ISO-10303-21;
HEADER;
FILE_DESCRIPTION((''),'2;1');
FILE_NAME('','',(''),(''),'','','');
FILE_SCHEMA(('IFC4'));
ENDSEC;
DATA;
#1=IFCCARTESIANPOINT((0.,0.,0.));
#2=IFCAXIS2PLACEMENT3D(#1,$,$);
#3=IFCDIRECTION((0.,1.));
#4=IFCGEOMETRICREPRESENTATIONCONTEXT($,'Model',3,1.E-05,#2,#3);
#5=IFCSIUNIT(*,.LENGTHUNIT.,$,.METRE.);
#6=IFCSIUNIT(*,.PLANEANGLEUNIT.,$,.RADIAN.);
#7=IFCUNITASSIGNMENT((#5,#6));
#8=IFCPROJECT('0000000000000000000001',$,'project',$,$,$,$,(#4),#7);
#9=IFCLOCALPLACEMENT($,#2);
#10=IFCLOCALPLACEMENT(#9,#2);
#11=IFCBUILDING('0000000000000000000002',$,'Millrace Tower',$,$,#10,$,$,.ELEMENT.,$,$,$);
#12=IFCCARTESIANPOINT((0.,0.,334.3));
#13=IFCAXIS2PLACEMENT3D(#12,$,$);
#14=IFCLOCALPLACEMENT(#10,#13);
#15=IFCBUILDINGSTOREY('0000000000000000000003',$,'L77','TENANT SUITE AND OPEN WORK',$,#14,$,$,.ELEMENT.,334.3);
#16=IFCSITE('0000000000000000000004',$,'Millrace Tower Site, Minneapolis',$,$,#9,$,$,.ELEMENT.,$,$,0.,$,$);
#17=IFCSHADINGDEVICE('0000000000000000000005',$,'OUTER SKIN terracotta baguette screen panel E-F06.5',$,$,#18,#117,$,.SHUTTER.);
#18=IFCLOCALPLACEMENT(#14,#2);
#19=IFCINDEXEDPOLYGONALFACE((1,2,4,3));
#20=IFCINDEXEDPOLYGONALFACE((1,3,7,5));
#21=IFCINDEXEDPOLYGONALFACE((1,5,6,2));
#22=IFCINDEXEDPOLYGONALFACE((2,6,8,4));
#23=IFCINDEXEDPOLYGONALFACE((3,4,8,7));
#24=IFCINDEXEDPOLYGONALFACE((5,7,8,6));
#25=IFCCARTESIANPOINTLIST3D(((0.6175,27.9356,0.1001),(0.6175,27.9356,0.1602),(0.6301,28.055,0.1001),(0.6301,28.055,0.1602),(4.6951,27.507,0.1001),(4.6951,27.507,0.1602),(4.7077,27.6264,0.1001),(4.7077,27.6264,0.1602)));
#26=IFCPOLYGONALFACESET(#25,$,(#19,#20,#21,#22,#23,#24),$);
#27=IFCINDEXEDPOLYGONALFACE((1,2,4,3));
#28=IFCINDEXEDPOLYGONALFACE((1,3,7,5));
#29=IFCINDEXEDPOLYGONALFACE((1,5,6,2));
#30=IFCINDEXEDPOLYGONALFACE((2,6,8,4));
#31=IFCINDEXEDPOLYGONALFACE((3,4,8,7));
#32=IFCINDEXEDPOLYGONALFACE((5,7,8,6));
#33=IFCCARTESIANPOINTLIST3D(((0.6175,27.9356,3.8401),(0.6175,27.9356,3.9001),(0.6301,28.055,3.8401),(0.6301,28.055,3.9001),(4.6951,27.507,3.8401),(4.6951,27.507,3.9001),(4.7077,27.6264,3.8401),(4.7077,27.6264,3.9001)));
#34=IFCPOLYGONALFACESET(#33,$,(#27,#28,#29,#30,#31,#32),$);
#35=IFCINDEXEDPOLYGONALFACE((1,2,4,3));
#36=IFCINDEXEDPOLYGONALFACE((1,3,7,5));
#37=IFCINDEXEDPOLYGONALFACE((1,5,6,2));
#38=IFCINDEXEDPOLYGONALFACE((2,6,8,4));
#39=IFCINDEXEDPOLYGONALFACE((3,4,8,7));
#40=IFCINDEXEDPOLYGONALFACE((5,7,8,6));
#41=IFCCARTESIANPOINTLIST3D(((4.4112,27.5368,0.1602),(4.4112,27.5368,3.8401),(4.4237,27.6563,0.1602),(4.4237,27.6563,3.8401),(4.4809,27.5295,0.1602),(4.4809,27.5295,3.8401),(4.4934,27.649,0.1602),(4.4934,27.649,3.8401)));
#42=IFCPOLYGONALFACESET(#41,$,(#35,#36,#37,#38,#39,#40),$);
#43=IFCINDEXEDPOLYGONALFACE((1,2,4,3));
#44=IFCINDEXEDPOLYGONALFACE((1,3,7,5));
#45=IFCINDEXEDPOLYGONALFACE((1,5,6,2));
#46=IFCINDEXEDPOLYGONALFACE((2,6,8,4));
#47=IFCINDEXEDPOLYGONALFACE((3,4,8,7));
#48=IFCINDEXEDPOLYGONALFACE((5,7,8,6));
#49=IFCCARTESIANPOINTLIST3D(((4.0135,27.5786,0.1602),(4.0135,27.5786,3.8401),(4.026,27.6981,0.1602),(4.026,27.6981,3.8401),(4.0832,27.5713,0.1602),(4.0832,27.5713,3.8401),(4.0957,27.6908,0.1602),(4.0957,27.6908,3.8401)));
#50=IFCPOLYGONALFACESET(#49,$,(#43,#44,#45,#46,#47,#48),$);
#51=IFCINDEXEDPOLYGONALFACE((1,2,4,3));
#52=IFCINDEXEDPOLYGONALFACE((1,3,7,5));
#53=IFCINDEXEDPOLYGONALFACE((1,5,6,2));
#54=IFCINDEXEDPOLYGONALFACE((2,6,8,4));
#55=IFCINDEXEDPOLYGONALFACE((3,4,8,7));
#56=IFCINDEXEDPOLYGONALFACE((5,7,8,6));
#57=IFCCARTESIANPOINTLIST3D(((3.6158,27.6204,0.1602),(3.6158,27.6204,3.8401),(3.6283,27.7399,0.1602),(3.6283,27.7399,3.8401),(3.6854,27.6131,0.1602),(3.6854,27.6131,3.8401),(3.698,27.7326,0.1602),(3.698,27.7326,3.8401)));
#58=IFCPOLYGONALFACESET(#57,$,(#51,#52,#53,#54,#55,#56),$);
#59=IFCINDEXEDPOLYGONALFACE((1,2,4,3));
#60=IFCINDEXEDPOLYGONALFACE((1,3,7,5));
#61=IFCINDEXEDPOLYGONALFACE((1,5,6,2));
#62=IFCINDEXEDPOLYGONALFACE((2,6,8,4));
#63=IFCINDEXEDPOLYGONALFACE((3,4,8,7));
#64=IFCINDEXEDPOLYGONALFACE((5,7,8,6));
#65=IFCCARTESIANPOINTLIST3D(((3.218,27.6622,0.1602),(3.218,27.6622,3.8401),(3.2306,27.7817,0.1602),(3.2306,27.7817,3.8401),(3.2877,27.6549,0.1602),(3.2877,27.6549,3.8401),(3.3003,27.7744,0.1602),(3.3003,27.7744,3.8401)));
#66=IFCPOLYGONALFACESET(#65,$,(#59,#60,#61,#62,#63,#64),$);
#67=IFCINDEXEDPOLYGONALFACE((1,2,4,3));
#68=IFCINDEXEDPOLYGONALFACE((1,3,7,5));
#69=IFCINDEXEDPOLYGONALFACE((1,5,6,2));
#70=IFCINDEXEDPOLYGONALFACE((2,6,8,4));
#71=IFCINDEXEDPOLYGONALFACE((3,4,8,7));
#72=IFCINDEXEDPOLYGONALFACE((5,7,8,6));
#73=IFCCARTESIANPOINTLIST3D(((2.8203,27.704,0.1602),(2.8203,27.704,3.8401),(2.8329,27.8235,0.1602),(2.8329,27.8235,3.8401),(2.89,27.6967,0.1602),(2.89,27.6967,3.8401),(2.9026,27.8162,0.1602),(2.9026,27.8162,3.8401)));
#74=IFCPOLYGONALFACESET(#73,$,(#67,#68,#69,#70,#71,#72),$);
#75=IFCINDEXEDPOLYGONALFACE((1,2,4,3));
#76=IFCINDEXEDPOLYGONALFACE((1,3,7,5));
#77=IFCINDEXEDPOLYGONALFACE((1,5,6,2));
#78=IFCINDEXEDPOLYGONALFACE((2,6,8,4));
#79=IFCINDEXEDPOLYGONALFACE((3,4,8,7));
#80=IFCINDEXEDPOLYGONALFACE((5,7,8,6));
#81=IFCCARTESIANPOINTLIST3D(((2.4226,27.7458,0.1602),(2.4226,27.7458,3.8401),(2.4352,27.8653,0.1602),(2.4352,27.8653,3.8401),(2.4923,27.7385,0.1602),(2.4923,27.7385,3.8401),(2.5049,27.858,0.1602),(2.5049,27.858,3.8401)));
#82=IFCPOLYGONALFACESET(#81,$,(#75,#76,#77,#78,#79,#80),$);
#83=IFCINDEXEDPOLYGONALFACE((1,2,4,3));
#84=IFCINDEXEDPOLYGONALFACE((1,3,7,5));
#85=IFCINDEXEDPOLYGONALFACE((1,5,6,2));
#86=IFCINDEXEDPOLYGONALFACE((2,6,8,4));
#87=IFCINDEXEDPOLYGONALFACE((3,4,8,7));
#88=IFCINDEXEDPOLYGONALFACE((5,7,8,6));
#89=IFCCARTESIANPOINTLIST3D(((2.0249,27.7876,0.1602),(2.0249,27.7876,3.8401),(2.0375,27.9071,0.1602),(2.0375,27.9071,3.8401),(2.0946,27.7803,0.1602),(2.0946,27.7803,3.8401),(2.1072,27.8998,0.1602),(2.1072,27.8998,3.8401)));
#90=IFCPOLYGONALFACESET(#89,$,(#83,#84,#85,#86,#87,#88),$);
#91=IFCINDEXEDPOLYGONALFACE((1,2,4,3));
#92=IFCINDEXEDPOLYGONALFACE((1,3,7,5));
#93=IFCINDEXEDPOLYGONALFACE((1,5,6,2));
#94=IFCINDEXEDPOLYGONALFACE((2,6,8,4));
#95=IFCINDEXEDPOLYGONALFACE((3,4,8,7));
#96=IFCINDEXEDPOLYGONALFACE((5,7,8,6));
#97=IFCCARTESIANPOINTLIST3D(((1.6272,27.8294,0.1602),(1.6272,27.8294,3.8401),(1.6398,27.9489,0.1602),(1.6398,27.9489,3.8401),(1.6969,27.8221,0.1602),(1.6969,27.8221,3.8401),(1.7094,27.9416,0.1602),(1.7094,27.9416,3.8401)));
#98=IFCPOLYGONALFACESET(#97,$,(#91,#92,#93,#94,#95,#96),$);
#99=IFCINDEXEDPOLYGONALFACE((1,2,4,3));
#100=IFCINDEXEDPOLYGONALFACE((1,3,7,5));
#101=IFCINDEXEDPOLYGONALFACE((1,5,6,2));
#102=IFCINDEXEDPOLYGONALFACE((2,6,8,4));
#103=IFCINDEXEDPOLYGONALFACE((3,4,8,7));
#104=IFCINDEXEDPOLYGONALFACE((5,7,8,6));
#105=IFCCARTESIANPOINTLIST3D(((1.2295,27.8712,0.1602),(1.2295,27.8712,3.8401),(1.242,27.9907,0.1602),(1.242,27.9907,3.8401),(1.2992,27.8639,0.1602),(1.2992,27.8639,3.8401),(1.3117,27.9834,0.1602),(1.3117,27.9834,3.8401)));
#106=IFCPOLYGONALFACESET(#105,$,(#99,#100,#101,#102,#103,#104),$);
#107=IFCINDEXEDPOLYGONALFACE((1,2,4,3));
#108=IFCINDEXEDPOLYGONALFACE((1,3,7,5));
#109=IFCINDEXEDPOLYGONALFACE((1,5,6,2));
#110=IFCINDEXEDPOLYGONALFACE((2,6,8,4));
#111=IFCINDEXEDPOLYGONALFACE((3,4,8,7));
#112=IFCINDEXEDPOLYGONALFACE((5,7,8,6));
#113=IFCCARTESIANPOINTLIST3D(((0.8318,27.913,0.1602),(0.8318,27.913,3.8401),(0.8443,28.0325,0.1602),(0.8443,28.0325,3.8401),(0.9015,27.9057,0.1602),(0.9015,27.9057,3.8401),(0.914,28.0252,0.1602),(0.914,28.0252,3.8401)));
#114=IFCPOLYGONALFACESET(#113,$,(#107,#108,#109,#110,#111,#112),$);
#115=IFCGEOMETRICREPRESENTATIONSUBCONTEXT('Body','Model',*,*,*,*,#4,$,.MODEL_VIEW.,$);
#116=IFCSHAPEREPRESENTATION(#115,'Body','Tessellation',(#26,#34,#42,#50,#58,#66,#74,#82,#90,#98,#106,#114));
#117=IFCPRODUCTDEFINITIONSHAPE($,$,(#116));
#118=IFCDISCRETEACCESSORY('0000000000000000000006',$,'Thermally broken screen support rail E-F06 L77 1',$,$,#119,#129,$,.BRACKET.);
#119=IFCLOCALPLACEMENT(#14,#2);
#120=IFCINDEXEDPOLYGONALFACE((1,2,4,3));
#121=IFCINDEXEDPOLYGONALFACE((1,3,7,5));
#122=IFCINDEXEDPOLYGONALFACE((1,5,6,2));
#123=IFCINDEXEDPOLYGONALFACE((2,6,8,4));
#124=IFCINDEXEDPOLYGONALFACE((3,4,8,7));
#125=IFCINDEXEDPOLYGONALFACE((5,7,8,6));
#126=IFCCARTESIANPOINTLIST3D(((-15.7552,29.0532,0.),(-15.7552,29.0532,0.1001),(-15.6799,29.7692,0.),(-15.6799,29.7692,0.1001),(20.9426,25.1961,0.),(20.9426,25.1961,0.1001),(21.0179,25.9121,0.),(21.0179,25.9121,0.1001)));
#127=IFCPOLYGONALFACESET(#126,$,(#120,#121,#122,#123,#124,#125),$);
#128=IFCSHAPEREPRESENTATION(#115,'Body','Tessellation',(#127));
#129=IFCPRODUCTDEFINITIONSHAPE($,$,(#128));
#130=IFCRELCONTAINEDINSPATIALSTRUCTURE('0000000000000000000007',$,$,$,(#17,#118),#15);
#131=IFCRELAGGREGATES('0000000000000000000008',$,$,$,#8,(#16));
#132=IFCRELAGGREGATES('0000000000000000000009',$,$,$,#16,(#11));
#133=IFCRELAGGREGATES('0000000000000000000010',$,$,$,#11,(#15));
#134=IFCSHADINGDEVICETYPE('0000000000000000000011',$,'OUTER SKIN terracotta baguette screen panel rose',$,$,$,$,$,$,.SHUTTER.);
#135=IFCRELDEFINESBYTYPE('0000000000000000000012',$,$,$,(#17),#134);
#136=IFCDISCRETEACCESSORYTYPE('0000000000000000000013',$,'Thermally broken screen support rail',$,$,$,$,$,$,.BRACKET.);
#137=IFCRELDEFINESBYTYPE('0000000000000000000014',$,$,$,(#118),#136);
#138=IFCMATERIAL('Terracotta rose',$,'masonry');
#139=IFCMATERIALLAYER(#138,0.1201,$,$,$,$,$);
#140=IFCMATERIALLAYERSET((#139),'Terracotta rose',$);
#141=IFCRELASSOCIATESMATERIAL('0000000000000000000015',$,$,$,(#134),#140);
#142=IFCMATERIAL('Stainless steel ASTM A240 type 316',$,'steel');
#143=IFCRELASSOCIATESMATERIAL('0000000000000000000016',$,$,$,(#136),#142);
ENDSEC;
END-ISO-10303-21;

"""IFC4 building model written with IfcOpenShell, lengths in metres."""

from ifc_helpers import new_model, entity, si_unit, direction, frame, frame_2d, origin, origin_2d, place, context, subcontext, project, spatial, rectangle, extrude, source, transform, mapped, material, layer, layer_set, type_object, element, save


model = new_model("IFC4")

# Units and contexts
model_context = context("Model", 3, precision=1e-05, world=origin(), true_north=direction((0.0, 1.0)))
body_context = subcontext(model_context, "Body", "Model", "MODEL_VIEW")
ifc_project = project(units=[si_unit("LENGTHUNIT", "METRE"), si_unit("PLANEANGLEUNIT", "RADIAN")], contexts=[model_context])

# Site, building, storey
site_placement = place(None, origin())
site = spatial("IfcSite", under=ifc_project, at=site_placement, Name="Millrace Tower Site, Minneapolis", CompositionType="ELEMENT", RefElevation=0.0)
building_placement = place(site_placement, origin())
building = spatial("IfcBuilding", under=site, at=building_placement, Name="Millrace Tower", CompositionType="ELEMENT")
storey_placement = place(building_placement, frame((0.0, 0.0, 334.3)))
storey = spatial("IfcBuildingStorey", under=building, at=storey_placement, Name="L77", Description="TENANT SUITE AND OPEN WORK", CompositionType="ELEMENT", Elevation=334.3)

# Shading device
ifc_material_1 = material(Name="Terracotta rose", Category="masonry")
ifc_layer_1 = layer(ifc_material_1, 0.1201)
ifc_layer_set_1 = layer_set([ifc_layer_1], Name="Terracotta rose")
shading_device_type = type_object("IfcShadingDeviceType", Name="OUTER SKIN terracotta baguette screen panel rose", PredefinedType="SHUTTER", material=ifc_layer_set_1)
cartesian_point = entity("IfcCartesianPoint", [-2.05, 0.0601])
shared_polyline = entity("IfcPolyline", [cartesian_point, entity("IfcCartesianPoint", [2.05, 0.0601]), entity("IfcCartesianPoint", [2.05, -0.0601]), entity("IfcCartesianPoint", [-2.05, -0.0601]), cartesian_point])
shared_shape = source(origin(), body_context, "Body", "SweptSolid", [
    entity("IfcExtrudedAreaSolid", entity("IfcArbitraryClosedProfileDef", "AREA", None, shared_polyline), entity("IfcAxis2Placement3D", entity("IfcCartesianPoint", [0.0, 0.0, 0.0])), entity("IfcDirection", [0.0, 0.0, 1.0]), 0.0601),
    entity("IfcExtrudedAreaSolid", entity("IfcArbitraryClosedProfileDef", "AREA", None, shared_polyline), entity("IfcAxis2Placement3D", entity("IfcCartesianPoint", [0.0, 0.0, 3.74])), entity("IfcDirection", [0.0, 0.0, 1.0]), 0.0601),
    extrude(rectangle(XDim=0.0701, YDim=0.1201, at=frame_2d((-1.7996, 0.0))), frame((0.0, 0.0, 0.0601)), (0.0, 0.0, 1.0), 3.6799),
    extrude(rectangle(XDim=0.0701, YDim=0.1201, at=frame_2d((-1.3997, 0.0))), frame((0.0, 0.0, 0.0601)), (0.0, 0.0, 1.0), 3.6799),
    extrude(rectangle(XDim=0.0701, YDim=0.1201, at=frame_2d((-0.9998, 0.0))), frame((0.0, 0.0, 0.0601)), (0.0, 0.0, 1.0), 3.6799),
    extrude(rectangle(XDim=0.0701, YDim=0.1201, at=frame_2d((-0.5999, 0.0))), frame((0.0, 0.0, 0.0601)), (0.0, 0.0, 1.0), 3.6799),
    extrude(rectangle(XDim=0.0701, YDim=0.1201, at=frame_2d((-0.2, 0.0))), frame((0.0, 0.0, 0.0601)), (0.0, 0.0, 1.0), 3.6799),
    extrude(rectangle(XDim=0.0701, YDim=0.1201, at=frame_2d((0.2, 0.0))), frame((0.0, 0.0, 0.0601)), (0.0, 0.0, 1.0), 3.6799),
    extrude(rectangle(XDim=0.0701, YDim=0.1201, at=frame_2d((0.5999, 0.0))), frame((0.0, 0.0, 0.0601)), (0.0, 0.0, 1.0), 3.6799),
    extrude(rectangle(XDim=0.0701, YDim=0.1201, at=frame_2d((0.9998, 0.0))), frame((0.0, 0.0, 0.0601)), (0.0, 0.0, 1.0), 3.6799),
    extrude(rectangle(XDim=0.0701, YDim=0.1201, at=frame_2d((1.3997, 0.0))), frame((0.0, 0.0, 0.0601)), (0.0, 0.0, 1.0), 3.6799),
    extrude(rectangle(XDim=0.0701, YDim=0.1201, at=frame_2d((1.7996, 0.0))), frame((0.0, 0.0, 0.0601)), (0.0, 0.0, 1.0), 3.6799),
])
for number, where, z_axis, x_axis, name in (
    (1, (2.6626, 27.781, 0.1001), (0.0, 0.0, 1.0), (-0.994522, 0.104528, 0.0), "OUTER SKIN terracotta baguette screen panel E-F06.5"),
):
    element("IfcShadingDevice", number, at=place(storey_placement, frame(where, z_axis=z_axis, x_axis=x_axis)), inside=storey, type_object=shading_device_type, Name=name, PredefinedType="SHUTTER", context=body_context, shape_type="MappedRepresentation", body=[
        mapped(shared_shape, transform((0.0, 0.0, 0.0), scale=1.0)),
    ])

# Discrete accessory
ifc_material_2 = material(Name="Stainless steel ASTM A240 type 316", Category="steel")
discrete_accessory_type = type_object("IfcDiscreteAccessoryType", Name="Thermally broken screen support rail", PredefinedType="BRACKET", material=ifc_material_2)
discrete_accessory_placement = place(storey_placement, frame((2.6313, 27.4827, 0.0), z_axis=(0.0, 0.0, 1.0), x_axis=(-0.994522, 0.104528, 0.0)))
element("IfcDiscreteAccessory", 2, at=discrete_accessory_placement, inside=storey, type_object=discrete_accessory_type, Name="Thermally broken screen support rail E-F06 L77 1", PredefinedType="BRACKET", context=body_context, shape_type="SweptSolid", body=[
    extrude(rectangle(XDim=36.8999, YDim=0.72, at=origin_2d()), origin(), (0.0, 0.0, 1.0), 0.1001),
])

save(model, "model.ifc")
